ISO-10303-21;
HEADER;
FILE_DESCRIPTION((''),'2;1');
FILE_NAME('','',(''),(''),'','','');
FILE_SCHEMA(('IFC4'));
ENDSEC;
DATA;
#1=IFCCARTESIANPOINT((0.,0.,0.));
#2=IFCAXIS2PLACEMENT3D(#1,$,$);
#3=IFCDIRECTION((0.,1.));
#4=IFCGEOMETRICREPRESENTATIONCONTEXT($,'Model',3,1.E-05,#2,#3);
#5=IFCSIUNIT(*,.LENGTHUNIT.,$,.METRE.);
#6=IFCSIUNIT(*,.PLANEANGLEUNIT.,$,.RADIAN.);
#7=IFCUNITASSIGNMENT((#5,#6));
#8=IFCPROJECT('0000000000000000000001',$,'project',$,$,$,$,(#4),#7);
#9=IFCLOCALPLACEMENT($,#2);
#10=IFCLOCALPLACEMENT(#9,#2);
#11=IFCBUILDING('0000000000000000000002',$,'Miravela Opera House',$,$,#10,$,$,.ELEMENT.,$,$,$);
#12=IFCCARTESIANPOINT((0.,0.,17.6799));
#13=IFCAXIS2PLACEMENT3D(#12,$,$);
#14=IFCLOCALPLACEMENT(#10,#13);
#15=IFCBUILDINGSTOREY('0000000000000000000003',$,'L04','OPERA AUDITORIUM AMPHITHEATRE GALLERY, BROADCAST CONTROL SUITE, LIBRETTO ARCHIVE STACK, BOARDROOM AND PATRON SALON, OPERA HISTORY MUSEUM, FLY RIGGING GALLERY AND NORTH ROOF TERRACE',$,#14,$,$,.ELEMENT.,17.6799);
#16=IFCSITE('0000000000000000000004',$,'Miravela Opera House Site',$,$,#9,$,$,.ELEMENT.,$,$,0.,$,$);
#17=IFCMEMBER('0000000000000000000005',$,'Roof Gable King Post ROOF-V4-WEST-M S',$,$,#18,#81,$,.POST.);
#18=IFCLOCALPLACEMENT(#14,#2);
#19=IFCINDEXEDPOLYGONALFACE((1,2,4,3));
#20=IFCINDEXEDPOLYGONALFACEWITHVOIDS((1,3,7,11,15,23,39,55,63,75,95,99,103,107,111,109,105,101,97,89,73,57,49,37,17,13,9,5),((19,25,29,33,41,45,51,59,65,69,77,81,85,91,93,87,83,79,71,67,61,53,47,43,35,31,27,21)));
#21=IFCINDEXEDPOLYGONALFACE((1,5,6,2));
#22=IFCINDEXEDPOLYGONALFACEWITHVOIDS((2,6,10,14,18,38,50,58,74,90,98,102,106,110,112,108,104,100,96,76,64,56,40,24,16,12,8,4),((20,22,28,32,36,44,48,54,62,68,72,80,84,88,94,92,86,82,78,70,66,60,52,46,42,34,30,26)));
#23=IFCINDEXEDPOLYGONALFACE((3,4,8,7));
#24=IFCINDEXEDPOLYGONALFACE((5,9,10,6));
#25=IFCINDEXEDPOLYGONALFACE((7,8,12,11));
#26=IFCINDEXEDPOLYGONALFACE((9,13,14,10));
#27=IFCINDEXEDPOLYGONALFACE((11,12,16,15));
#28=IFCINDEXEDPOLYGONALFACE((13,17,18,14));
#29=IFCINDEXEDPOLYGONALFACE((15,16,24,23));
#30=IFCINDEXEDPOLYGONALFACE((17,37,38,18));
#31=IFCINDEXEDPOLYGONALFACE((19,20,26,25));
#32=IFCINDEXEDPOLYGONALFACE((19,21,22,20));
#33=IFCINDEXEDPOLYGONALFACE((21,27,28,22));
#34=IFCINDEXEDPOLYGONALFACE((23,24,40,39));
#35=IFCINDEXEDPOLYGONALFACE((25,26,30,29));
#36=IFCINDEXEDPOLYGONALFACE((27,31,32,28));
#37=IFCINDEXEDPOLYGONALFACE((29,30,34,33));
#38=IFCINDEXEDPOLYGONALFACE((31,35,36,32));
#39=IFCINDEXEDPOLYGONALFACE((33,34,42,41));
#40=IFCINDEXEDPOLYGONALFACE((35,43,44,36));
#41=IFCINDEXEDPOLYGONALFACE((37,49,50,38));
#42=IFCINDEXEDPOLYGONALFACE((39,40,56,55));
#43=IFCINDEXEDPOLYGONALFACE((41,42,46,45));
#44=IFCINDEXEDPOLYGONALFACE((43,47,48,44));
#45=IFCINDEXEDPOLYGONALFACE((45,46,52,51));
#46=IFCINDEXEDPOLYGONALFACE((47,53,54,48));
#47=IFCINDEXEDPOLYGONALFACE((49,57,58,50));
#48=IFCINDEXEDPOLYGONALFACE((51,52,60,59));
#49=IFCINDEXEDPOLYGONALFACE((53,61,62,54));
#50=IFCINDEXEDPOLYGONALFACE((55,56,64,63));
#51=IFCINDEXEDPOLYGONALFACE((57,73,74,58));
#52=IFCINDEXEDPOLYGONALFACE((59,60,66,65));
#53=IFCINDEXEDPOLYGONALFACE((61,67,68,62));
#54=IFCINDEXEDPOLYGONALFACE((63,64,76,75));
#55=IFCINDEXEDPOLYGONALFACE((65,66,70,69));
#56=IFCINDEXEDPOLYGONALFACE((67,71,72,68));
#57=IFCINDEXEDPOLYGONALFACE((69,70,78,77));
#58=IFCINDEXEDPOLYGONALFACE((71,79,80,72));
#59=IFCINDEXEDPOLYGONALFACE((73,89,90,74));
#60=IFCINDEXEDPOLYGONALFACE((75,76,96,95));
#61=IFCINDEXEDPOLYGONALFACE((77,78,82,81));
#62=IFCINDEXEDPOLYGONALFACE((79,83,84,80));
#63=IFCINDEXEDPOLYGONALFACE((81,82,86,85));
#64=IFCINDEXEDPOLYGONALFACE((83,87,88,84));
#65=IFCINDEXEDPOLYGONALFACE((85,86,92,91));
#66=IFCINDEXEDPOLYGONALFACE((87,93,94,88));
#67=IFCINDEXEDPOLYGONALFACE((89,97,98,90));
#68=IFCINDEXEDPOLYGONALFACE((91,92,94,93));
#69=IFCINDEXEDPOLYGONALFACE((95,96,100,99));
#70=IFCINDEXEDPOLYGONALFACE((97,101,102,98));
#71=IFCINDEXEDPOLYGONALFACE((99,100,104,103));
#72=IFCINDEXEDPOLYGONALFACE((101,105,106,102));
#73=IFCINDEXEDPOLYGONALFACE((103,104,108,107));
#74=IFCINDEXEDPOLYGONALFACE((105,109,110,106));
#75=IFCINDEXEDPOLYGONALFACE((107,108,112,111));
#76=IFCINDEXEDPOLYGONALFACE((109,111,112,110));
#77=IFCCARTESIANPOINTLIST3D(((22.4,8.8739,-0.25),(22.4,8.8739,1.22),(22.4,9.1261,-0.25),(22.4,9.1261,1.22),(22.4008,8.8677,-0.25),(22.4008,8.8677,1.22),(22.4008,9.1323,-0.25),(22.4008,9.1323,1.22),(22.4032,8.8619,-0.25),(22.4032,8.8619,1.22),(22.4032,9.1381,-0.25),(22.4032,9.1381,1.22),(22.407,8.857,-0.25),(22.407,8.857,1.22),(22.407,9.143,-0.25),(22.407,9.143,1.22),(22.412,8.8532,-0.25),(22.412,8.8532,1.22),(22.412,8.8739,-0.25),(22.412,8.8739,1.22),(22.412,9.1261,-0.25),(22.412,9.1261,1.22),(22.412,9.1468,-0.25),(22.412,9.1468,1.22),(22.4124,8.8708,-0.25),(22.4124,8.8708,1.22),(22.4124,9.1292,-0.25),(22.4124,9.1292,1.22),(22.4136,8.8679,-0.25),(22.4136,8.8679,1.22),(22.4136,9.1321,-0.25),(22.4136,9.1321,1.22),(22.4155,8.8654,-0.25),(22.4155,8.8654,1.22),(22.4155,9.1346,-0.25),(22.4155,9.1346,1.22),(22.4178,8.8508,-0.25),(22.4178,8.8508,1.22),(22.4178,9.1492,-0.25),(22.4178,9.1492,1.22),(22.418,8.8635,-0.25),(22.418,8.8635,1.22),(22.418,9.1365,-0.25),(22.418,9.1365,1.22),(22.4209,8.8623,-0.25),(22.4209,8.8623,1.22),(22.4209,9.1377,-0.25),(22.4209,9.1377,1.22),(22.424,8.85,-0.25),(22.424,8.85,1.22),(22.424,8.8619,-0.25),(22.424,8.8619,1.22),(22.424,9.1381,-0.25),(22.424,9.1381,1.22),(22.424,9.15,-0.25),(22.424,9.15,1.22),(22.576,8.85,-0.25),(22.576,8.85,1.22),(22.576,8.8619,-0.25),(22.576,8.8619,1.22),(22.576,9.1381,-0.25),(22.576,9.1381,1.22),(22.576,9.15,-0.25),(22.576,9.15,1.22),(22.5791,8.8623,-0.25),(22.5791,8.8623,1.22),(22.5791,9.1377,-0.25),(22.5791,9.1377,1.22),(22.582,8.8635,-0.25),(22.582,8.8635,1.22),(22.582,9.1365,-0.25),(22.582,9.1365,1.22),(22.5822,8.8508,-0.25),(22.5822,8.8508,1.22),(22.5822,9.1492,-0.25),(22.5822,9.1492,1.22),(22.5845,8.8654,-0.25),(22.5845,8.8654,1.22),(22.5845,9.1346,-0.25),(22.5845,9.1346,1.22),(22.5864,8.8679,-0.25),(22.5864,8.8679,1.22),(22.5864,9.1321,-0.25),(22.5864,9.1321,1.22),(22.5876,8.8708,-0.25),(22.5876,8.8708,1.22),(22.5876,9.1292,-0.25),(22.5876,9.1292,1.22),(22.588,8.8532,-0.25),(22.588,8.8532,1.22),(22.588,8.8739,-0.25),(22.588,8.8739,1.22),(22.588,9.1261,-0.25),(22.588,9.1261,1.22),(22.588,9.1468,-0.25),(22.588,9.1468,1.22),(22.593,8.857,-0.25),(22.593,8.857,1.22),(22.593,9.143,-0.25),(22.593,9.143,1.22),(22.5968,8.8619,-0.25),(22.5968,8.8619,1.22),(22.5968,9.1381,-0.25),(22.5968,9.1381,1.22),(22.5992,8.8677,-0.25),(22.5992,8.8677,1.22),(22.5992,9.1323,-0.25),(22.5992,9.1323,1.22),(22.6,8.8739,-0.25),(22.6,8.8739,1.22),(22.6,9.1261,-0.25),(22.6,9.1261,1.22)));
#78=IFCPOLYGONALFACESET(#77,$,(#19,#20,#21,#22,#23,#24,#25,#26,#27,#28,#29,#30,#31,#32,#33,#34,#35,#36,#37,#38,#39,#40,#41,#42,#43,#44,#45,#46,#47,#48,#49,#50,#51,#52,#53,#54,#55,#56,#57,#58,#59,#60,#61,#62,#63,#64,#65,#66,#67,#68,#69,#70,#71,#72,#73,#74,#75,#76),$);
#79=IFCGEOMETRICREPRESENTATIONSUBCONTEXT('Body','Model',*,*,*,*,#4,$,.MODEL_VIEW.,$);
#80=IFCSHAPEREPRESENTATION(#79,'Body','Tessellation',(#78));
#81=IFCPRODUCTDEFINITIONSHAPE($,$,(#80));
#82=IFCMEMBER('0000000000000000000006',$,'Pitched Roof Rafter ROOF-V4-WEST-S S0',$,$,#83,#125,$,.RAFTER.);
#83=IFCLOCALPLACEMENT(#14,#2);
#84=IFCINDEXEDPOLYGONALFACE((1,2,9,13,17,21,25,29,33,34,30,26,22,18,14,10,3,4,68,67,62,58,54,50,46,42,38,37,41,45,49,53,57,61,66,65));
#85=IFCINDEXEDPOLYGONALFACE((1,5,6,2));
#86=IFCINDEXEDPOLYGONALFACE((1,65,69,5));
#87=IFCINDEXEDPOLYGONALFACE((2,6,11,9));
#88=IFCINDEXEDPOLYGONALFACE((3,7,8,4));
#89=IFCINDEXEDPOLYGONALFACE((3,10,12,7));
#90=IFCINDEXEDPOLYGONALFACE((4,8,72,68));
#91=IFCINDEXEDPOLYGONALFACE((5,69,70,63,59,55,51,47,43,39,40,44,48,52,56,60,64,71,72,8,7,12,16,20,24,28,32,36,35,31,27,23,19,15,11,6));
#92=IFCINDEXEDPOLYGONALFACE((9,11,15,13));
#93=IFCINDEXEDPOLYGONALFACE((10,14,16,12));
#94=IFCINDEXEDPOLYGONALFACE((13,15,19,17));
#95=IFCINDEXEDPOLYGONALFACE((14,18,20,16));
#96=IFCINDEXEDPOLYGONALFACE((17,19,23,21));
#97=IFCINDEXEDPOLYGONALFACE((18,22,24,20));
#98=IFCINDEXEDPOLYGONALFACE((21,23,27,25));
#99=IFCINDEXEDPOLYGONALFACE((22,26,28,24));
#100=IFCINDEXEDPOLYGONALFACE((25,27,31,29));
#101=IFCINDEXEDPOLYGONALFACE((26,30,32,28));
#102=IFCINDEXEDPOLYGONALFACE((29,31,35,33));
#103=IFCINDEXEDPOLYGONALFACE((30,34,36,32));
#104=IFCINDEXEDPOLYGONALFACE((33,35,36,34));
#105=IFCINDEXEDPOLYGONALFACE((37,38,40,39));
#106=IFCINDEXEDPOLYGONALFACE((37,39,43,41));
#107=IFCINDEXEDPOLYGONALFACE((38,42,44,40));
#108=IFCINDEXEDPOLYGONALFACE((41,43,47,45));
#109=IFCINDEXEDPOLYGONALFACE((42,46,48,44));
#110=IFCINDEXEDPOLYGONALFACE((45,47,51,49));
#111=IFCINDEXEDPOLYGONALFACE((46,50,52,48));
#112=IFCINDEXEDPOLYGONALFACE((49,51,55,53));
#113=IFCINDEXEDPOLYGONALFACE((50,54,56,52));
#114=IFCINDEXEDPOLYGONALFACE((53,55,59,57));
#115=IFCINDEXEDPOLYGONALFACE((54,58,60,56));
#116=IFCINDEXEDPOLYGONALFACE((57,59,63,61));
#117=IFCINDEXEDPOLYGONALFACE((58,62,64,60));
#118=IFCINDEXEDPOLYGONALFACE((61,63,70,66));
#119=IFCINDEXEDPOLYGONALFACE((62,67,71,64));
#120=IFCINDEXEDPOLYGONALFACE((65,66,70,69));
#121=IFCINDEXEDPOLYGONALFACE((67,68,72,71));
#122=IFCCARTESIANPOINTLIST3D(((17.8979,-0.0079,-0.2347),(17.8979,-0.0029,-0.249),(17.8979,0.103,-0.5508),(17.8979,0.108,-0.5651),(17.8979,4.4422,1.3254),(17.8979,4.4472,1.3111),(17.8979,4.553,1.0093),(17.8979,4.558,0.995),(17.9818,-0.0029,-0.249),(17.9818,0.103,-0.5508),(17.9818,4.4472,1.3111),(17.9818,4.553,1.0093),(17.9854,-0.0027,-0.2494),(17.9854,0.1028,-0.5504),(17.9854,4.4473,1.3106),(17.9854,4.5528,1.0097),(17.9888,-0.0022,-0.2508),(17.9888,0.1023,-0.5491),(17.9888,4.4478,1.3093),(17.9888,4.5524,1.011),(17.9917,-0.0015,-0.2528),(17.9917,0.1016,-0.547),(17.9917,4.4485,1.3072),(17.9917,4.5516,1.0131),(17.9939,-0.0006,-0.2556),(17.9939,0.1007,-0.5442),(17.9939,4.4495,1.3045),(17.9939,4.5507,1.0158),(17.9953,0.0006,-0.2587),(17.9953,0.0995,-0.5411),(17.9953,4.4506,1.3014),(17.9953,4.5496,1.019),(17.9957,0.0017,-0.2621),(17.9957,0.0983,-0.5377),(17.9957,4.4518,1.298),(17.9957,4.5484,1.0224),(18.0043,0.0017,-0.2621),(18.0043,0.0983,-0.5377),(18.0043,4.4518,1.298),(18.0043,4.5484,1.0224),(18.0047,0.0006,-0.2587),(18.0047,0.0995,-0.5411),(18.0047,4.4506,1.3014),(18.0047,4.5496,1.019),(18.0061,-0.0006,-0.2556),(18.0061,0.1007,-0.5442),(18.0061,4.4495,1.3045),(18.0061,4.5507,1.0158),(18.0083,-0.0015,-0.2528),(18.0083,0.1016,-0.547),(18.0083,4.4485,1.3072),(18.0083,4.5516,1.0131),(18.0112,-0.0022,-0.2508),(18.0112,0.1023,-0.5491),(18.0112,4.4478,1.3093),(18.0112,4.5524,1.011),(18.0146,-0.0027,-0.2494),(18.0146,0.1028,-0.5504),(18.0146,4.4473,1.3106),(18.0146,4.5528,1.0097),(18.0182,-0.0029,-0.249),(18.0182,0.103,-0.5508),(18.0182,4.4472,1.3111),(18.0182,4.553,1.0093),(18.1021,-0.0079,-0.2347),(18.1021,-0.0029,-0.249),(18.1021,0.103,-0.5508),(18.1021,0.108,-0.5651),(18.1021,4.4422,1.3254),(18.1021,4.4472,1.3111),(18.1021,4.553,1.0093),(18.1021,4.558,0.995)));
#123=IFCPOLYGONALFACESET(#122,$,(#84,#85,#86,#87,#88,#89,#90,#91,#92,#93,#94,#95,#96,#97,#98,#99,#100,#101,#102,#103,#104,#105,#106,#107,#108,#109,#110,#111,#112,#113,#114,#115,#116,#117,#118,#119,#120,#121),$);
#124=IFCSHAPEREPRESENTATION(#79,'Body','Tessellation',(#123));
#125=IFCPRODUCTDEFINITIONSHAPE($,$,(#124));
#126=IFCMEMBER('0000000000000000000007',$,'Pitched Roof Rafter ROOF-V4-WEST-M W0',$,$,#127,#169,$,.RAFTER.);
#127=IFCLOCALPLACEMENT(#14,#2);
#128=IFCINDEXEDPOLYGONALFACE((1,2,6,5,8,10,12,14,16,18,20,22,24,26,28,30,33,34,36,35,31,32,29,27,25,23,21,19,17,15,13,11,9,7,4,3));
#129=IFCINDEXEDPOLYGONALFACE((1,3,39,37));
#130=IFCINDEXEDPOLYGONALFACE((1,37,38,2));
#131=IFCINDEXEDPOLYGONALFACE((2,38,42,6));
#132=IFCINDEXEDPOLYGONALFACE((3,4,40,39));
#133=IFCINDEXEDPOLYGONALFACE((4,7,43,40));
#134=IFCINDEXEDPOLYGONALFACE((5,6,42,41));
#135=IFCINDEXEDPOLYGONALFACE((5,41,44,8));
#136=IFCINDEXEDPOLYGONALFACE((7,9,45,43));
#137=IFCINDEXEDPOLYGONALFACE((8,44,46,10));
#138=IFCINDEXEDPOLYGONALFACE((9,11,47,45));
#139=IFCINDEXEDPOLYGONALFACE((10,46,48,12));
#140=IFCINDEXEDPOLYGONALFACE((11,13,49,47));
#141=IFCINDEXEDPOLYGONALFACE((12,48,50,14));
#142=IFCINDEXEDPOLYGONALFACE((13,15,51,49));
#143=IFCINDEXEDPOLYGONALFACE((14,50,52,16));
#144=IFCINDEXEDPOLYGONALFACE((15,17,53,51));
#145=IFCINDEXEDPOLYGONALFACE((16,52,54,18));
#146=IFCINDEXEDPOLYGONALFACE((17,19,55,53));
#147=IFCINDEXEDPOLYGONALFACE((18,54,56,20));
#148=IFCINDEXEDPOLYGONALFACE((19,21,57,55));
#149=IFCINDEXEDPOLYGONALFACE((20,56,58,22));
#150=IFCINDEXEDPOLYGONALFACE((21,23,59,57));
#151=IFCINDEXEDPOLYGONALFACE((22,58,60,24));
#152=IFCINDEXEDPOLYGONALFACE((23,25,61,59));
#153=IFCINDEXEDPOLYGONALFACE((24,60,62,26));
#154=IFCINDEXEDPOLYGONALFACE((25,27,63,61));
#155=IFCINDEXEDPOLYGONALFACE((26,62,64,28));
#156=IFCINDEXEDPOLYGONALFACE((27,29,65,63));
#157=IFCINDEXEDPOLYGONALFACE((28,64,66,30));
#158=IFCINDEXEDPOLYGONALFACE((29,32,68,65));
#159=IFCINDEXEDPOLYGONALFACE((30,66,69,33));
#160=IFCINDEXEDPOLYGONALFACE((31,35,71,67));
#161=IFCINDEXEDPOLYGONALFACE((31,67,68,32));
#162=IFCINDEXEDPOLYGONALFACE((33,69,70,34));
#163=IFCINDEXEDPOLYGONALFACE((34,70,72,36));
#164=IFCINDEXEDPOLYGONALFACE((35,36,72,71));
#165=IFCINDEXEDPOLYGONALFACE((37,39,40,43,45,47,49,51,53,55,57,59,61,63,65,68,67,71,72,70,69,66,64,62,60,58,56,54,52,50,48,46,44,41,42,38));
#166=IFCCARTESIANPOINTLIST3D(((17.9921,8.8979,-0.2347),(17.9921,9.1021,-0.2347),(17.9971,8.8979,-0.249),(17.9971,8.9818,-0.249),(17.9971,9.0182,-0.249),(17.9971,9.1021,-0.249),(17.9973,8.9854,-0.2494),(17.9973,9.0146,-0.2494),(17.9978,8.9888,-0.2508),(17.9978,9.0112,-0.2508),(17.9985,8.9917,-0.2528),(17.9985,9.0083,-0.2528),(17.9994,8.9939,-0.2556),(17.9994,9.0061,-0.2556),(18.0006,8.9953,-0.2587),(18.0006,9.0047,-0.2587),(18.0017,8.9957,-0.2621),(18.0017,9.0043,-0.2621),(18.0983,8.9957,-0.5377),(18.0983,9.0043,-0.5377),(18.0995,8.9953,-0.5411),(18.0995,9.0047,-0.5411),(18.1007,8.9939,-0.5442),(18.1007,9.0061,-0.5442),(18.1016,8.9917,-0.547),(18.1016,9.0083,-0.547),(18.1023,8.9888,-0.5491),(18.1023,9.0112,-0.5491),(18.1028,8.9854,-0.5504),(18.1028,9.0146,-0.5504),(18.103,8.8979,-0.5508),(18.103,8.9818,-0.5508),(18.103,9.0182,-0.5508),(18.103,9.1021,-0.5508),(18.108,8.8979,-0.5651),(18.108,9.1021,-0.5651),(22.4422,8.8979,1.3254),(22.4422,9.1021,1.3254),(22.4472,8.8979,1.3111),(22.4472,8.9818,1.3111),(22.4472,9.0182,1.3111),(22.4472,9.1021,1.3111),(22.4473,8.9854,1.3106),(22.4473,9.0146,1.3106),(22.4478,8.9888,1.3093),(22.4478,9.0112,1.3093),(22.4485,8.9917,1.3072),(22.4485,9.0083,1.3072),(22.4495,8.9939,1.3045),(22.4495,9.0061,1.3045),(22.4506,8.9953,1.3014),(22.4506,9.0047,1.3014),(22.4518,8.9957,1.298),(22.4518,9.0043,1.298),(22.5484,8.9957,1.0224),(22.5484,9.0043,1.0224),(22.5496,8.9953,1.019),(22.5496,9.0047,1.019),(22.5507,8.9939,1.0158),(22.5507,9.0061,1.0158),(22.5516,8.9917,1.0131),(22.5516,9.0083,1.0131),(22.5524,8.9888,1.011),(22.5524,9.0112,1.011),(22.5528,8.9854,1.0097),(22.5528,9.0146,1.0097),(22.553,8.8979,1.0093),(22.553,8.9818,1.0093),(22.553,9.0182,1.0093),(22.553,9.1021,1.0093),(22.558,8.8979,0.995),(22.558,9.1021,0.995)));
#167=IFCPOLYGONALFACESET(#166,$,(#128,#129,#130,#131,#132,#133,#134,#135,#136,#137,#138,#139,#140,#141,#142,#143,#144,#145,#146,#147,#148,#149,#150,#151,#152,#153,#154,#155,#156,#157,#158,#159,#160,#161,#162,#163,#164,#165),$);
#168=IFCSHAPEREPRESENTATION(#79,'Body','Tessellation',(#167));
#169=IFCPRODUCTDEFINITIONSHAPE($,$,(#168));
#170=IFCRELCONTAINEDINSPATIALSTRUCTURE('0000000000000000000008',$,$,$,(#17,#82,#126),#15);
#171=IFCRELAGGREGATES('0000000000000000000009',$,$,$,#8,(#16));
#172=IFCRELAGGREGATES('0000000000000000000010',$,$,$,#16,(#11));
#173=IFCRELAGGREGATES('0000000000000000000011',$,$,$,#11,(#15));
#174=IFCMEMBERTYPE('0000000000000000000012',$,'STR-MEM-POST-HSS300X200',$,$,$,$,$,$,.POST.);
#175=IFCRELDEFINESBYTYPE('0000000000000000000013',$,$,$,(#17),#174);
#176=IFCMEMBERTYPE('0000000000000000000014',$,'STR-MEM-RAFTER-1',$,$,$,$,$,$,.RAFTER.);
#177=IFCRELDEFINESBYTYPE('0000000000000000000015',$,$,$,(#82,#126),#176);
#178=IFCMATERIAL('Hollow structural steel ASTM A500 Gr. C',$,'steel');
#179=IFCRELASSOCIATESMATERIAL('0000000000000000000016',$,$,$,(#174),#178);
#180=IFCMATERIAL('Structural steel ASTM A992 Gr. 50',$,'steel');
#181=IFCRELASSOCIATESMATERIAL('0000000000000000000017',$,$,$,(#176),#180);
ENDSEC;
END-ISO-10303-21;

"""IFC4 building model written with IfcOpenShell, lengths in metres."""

from ifc_helpers import new_model, si_unit, direction, frame, origin, origin_2d, place, context, subcontext, project, spatial, hollow_rectangle, i_section, extrude, material, material_profile, profile_set, type_object, element, save


model = new_model("IFC4")

# Units and contexts
model_context = context("Model", 3, precision=1e-05, world=origin(), true_north=direction((0.0, 1.0)))
body_context = subcontext(model_context, "Body", "Model", "MODEL_VIEW")
ifc_project = project(units=[si_unit("LENGTHUNIT", "METRE"), si_unit("PLANEANGLEUNIT", "RADIAN")], contexts=[model_context])

# Site, building, storey
site_placement = place(None, origin())
site = spatial("IfcSite", under=ifc_project, at=site_placement, Name="Miravela Opera House Site", CompositionType="ELEMENT", RefElevation=0.0)
building_placement = place(site_placement, origin())
building = spatial("IfcBuilding", under=site, at=building_placement, Name="Miravela Opera House", CompositionType="ELEMENT")
storey_placement = place(building_placement, frame((0.0, 0.0, 17.6799)))
storey = spatial("IfcBuildingStorey", under=building, at=storey_placement, Name="L04", Description="OPERA AUDITORIUM AMPHITHEATRE GALLERY, BROADCAST CONTROL SUITE, LIBRETTO ARCHIVE STACK, BOARDROOM AND PATRON SALON, OPERA HISTORY MUSEUM, FLY RIGGING GALLERY AND NORTH ROOF TERRACE", CompositionType="ELEMENT", Elevation=17.6799)

# Shared definitions
ifc_material_1 = material(Name="Structural steel ASTM A992 Gr. 50", Category="steel")

# Members
ifc_material_2 = material(Name="Hollow structural steel ASTM A500 Gr. C", Category="steel")
ifc_material_profile_1 = material_profile(ifc_material_2, hollow_rectangle(XDim=0.2, YDim=0.3, WallThickness=0.012, InnerFilletRadius=0.012, OuterFilletRadius=0.0239, at=origin_2d()), Name="HSS300X200X12")
ifc_profile_set_1 = profile_set([ifc_material_profile_1])
member_type_1 = type_object("IfcMemberType", Name="STR-MEM-POST-HSS300X200", PredefinedType="POST", material=ifc_profile_set_1)
member_1_placement = place(storey_placement, frame((22.5, 9.0, -0.25), z_axis=(0.0, 0.0, 1.0), x_axis=(1.0, 0.0, 0.0)))
element("IfcMember", 1, at=member_1_placement, inside=storey, type_object=member_type_1, Name="Roof Gable King Post ROOF-V4-WEST-M S", PredefinedType="POST", context=body_context, shape_type="SweptSolid", body=[
    extrude(hollow_rectangle(XDim=0.2, YDim=0.3, WallThickness=0.012, InnerFilletRadius=0.012, OuterFilletRadius=0.0239, at=origin_2d()), origin(), (0.0, 0.0, 1.0), 1.47),
])
ifc_material_profile_2 = material_profile(ifc_material_1, i_section(OverallWidth=0.2041, OverallDepth=0.3501, WebThickness=0.0085, FlangeThickness=0.0151, FilletRadius=0.0139, at=origin_2d()), Name="W360X72")
ifc_profile_set_2 = profile_set([ifc_material_profile_2])
member_type_2 = type_object("IfcMemberType", Name="STR-MEM-RAFTER-1", PredefinedType="RAFTER", material=ifc_profile_set_2)
for number, where, z_axis, x_axis, name in (
    (2, (18.0, 0.05, -0.3999), (0.0, 0.943688, 0.330837), (-1.0, 0.0, 0.0), "Pitched Roof Rafter ROOF-V4-WEST-S S0"),
    (3, (18.05, 9.0, -0.3999), (0.943688, 0.0, 0.330837), (0.0, 1.0, 0.0), "Pitched Roof Rafter ROOF-V4-WEST-M W0"),
):
    element("IfcMember", number, at=place(storey_placement, frame(where, z_axis=z_axis, x_axis=x_axis)), inside=storey, type_object=member_type_2, Name=name, PredefinedType="RAFTER", context=body_context, shape_type="SweptSolid", body=[
        extrude(i_section(OverallWidth=0.2041, OverallDepth=0.3501, WebThickness=0.0085, FlangeThickness=0.0151, FilletRadius=0.0139, at=origin_2d()), origin(), (0.0, 0.0, 1.0), 4.7156),
    ])

save(model, "model.ifc")
